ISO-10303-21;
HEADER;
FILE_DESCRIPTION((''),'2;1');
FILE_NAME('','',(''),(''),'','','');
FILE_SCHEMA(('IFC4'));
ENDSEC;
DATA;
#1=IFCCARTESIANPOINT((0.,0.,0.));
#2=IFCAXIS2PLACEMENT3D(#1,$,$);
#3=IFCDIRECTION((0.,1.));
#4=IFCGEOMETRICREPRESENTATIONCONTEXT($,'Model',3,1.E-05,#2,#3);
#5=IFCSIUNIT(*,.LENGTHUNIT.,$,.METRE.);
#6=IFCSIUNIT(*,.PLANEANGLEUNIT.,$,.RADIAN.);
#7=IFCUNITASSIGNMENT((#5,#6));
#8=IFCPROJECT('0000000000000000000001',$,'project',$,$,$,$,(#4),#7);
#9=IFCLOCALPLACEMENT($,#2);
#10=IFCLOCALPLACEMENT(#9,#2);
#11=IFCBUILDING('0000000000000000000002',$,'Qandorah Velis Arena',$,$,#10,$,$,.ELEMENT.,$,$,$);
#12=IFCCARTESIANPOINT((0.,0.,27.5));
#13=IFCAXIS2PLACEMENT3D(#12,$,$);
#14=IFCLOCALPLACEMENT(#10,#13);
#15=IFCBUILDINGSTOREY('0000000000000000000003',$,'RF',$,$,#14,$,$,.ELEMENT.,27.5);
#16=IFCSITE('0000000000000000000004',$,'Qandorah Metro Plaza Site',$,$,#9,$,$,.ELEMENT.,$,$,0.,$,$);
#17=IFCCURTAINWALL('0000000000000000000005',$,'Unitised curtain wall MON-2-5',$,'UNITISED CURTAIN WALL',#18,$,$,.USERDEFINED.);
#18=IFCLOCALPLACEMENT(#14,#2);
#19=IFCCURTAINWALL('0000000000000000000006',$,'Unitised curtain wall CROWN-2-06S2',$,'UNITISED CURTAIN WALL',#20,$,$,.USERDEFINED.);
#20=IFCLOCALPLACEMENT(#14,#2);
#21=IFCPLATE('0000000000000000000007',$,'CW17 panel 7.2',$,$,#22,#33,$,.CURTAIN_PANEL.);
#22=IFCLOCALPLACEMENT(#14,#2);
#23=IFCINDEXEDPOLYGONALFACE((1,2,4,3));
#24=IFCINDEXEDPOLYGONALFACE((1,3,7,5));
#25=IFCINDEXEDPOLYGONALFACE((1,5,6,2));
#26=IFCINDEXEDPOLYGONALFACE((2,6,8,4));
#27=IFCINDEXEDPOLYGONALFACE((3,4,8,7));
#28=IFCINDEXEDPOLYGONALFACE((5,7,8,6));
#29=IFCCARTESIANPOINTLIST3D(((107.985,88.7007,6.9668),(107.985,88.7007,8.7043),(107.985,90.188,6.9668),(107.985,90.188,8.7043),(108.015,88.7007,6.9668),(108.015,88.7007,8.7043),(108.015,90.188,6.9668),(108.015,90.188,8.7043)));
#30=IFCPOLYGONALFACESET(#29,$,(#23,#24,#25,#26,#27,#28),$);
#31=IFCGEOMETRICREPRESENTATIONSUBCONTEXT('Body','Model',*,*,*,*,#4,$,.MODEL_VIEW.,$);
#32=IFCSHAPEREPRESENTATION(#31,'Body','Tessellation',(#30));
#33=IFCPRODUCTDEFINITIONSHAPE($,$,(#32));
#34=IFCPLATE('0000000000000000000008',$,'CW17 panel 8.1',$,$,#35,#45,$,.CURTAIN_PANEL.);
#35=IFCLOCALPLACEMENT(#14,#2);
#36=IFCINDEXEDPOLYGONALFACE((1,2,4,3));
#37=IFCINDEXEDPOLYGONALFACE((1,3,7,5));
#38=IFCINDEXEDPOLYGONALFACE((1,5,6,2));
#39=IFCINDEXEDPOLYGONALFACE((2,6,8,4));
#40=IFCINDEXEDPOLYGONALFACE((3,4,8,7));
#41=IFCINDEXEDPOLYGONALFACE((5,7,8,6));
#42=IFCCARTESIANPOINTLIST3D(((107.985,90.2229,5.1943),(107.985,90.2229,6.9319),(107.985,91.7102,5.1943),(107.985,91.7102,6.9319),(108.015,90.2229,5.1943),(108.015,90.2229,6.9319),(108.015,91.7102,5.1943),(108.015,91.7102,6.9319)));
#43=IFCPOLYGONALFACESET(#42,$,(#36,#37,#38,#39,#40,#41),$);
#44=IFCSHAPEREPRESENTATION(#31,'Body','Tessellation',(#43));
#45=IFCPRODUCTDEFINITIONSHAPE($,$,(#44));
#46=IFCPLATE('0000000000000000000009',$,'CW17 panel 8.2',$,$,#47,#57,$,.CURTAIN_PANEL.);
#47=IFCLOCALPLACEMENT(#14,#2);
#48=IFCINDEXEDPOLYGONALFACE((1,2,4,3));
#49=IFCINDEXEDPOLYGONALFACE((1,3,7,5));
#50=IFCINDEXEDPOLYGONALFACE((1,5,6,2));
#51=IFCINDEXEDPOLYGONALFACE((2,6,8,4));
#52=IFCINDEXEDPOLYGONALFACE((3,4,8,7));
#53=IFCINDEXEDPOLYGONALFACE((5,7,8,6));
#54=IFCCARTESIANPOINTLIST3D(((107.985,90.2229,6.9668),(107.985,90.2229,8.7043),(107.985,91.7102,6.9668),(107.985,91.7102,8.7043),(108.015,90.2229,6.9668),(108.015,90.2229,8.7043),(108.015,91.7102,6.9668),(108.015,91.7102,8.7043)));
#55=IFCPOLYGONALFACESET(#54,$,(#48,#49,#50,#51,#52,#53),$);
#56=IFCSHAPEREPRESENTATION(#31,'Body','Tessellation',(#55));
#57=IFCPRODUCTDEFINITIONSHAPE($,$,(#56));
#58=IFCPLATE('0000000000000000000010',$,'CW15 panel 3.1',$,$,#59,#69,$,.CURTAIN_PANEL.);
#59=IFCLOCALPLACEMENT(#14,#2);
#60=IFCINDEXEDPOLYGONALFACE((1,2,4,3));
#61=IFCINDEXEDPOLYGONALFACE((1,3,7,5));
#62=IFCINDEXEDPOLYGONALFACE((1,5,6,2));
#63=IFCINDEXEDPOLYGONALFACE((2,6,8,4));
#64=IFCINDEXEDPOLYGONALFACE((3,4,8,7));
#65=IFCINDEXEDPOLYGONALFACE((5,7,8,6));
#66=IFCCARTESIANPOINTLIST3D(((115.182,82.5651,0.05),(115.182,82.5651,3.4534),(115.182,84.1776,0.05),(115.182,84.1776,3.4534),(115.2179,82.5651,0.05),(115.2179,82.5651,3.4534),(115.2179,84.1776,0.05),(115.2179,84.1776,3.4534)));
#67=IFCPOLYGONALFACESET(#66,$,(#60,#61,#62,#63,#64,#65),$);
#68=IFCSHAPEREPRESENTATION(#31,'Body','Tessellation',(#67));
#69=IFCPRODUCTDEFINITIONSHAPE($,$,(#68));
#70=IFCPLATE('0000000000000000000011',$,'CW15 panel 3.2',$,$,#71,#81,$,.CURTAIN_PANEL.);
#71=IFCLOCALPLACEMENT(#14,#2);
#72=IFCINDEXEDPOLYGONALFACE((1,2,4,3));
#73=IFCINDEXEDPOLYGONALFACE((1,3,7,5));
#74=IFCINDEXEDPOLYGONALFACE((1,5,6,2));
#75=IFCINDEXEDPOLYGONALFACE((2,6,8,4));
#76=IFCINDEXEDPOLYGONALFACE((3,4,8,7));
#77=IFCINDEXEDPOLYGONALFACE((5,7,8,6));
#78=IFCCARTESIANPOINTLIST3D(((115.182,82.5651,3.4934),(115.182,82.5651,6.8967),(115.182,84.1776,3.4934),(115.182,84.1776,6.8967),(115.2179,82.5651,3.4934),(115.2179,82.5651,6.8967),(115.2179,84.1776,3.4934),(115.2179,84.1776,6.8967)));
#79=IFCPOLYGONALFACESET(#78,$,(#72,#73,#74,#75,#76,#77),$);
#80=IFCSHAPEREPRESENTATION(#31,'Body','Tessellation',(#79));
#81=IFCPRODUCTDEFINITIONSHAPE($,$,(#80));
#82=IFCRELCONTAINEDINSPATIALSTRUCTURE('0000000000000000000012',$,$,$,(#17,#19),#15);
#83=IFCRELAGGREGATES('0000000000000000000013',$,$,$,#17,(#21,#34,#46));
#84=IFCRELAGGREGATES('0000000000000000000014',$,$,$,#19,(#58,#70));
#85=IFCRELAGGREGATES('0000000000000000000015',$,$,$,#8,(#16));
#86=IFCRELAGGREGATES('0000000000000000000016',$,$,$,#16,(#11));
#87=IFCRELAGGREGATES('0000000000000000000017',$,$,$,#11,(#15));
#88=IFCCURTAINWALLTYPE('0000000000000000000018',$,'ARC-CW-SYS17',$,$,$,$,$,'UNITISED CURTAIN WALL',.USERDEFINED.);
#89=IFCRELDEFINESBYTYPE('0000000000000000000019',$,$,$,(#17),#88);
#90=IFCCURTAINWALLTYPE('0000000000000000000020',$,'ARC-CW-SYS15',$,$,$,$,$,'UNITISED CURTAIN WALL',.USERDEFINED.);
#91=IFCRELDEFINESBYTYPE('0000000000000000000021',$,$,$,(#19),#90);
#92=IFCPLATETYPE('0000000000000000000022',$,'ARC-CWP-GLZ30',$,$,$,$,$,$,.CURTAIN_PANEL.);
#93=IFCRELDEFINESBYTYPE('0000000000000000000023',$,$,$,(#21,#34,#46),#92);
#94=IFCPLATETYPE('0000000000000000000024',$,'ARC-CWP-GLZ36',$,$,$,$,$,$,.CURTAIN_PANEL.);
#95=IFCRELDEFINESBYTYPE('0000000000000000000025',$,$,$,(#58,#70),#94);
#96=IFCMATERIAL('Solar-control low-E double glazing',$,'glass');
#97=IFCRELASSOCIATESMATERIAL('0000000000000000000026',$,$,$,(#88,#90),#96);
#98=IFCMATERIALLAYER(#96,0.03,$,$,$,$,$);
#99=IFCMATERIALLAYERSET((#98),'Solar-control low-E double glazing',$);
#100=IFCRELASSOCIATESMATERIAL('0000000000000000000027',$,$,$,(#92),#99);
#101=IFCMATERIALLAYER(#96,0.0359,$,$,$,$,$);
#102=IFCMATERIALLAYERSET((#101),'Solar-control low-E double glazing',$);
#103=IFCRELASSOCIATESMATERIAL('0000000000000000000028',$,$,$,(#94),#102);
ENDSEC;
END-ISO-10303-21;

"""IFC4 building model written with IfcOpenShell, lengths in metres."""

from ifc_helpers import new_model, si_unit, direction, frame, origin, origin_2d, place, context, subcontext, project, spatial, rectangle, extrude, material, layer, layer_set, type_object, element, aggregate, save


model = new_model("IFC4")

# Units and contexts
model_context = context("Model", 3, precision=1e-05, world=origin(), true_north=direction((0.0, 1.0)))
body_context = subcontext(model_context, "Body", "Model", "MODEL_VIEW")
ifc_project = project(units=[si_unit("LENGTHUNIT", "METRE"), si_unit("PLANEANGLEUNIT", "RADIAN")], contexts=[model_context])

# Site, building, storey
site_placement = place(None, origin())
site = spatial("IfcSite", under=ifc_project, at=site_placement, Name="Qandorah Metro Plaza Site", CompositionType="ELEMENT", RefElevation=0.0)
building_placement = place(site_placement, origin())
building = spatial("IfcBuilding", under=site, at=building_placement, Name="Qandorah Velis Arena", CompositionType="ELEMENT")
storey_placement = place(building_placement, frame((0.0, 0.0, 27.5)))
storey = spatial("IfcBuildingStorey", under=building, at=storey_placement, Name="RF", CompositionType="ELEMENT", Elevation=27.5)

# Curtain wall
ifc_material_1 = material(Name="Solar-control low-E double glazing", Category="glass")
curtain_wall_type_1 = type_object("IfcCurtainWallType", Name="ARC-CW-SYS17", ElementType="UNITISED CURTAIN WALL", PredefinedType="USERDEFINED", material=ifc_material_1)
curtain_wall_1_placement = place(storey_placement, origin())
curtain_wall_1 = element("IfcCurtainWall", 1, at=curtain_wall_1_placement, inside=storey, type_object=curtain_wall_type_1, Name="Unitised curtain wall MON-2-5", ObjectType="UNITISED CURTAIN WALL", PredefinedType="USERDEFINED")

# Curtain wall
curtain_wall_type_2 = type_object("IfcCurtainWallType", Name="ARC-CW-SYS15", ElementType="UNITISED CURTAIN WALL", PredefinedType="USERDEFINED", material=ifc_material_1)
curtain_wall_2_placement = place(storey_placement, origin())
curtain_wall_2 = element("IfcCurtainWall", 2, at=curtain_wall_2_placement, inside=storey, type_object=curtain_wall_type_2, Name="Unitised curtain wall CROWN-2-06S2", ObjectType="UNITISED CURTAIN WALL", PredefinedType="USERDEFINED")

# Plates
ifc_layer_1 = layer(ifc_material_1, 0.03)
ifc_layer_set_1 = layer_set([ifc_layer_1], Name="Solar-control low-E double glazing")
plate_type_1 = type_object("IfcPlateType", Name="ARC-CWP-GLZ30", PredefinedType="CURTAIN_PANEL", material=ifc_layer_set_1)
plate_1_placement = place(storey_placement, frame((108.0, 89.4443, 6.9668), z_axis=(0.0, 0.0, 1.0), x_axis=(0.0, 1.0, 0.0)))
plate_1 = element("IfcPlate", 3, at=plate_1_placement, type_object=plate_type_1, Name="CW17 panel 7.2", PredefinedType="CURTAIN_PANEL", context=body_context, shape_type="SweptSolid", body=[
    extrude(rectangle(XDim=1.4873, YDim=0.03, at=origin_2d()), origin(), (0.0, 0.0, 1.0), 1.7375),
])
plate_2_placement = place(storey_placement, frame((108.0, 90.9666, 5.1943), z_axis=(0.0, 0.0, 1.0), x_axis=(0.0, 1.0, 0.0)))
plate_2 = element("IfcPlate", 4, at=plate_2_placement, type_object=plate_type_1, Name="CW17 panel 8.1", PredefinedType="CURTAIN_PANEL", context=body_context, shape_type="SweptSolid", body=[
    extrude(rectangle(XDim=1.4873, YDim=0.03, at=origin_2d()), origin(), (0.0, 0.0, 1.0), 1.7375),
])
plate_3_placement = place(storey_placement, frame((108.0, 90.9666, 6.9668), z_axis=(0.0, 0.0, 1.0), x_axis=(0.0, 1.0, 0.0)))
plate_3 = element("IfcPlate", 5, at=plate_3_placement, type_object=plate_type_1, Name="CW17 panel 8.2", PredefinedType="CURTAIN_PANEL", context=body_context, shape_type="SweptSolid", body=[
    extrude(rectangle(XDim=1.4873, YDim=0.03, at=origin_2d()), origin(), (0.0, 0.0, 1.0), 1.7375),
])
aggregate(curtain_wall_1, [plate_1, plate_2, plate_3])
ifc_layer_2 = layer(ifc_material_1, 0.0359)
ifc_layer_set_2 = layer_set([ifc_layer_2], Name="Solar-control low-E double glazing")
plate_type_2 = type_object("IfcPlateType", Name="ARC-CWP-GLZ36", PredefinedType="CURTAIN_PANEL", material=ifc_layer_set_2)
plate_4_placement = place(storey_placement, frame((115.2, 83.3713, 0.05), z_axis=(0.0, 0.0, 1.0), x_axis=(0.0, 1.0, 0.0)))
plate_4 = element("IfcPlate", 6, at=plate_4_placement, type_object=plate_type_2, Name="CW15 panel 3.1", PredefinedType="CURTAIN_PANEL", context=body_context, shape_type="SweptSolid", body=[
    extrude(rectangle(XDim=1.6125, YDim=0.0359, at=origin_2d()), origin(), (0.0, 0.0, 1.0), 3.4033),
])
plate_5_placement = place(storey_placement, frame((115.2, 83.3713, 3.4934), z_axis=(0.0, 0.0, 1.0), x_axis=(0.0, 1.0, 0.0)))
plate_5 = element("IfcPlate", 7, at=plate_5_placement, type_object=plate_type_2, Name="CW15 panel 3.2", PredefinedType="CURTAIN_PANEL", context=body_context, shape_type="SweptSolid", body=[
    extrude(rectangle(XDim=1.6125, YDim=0.0359, at=origin_2d()), origin(), (0.0, 0.0, 1.0), 3.4033),
])
aggregate(curtain_wall_2, [plate_4, plate_5])

save(model, "model.ifc")
